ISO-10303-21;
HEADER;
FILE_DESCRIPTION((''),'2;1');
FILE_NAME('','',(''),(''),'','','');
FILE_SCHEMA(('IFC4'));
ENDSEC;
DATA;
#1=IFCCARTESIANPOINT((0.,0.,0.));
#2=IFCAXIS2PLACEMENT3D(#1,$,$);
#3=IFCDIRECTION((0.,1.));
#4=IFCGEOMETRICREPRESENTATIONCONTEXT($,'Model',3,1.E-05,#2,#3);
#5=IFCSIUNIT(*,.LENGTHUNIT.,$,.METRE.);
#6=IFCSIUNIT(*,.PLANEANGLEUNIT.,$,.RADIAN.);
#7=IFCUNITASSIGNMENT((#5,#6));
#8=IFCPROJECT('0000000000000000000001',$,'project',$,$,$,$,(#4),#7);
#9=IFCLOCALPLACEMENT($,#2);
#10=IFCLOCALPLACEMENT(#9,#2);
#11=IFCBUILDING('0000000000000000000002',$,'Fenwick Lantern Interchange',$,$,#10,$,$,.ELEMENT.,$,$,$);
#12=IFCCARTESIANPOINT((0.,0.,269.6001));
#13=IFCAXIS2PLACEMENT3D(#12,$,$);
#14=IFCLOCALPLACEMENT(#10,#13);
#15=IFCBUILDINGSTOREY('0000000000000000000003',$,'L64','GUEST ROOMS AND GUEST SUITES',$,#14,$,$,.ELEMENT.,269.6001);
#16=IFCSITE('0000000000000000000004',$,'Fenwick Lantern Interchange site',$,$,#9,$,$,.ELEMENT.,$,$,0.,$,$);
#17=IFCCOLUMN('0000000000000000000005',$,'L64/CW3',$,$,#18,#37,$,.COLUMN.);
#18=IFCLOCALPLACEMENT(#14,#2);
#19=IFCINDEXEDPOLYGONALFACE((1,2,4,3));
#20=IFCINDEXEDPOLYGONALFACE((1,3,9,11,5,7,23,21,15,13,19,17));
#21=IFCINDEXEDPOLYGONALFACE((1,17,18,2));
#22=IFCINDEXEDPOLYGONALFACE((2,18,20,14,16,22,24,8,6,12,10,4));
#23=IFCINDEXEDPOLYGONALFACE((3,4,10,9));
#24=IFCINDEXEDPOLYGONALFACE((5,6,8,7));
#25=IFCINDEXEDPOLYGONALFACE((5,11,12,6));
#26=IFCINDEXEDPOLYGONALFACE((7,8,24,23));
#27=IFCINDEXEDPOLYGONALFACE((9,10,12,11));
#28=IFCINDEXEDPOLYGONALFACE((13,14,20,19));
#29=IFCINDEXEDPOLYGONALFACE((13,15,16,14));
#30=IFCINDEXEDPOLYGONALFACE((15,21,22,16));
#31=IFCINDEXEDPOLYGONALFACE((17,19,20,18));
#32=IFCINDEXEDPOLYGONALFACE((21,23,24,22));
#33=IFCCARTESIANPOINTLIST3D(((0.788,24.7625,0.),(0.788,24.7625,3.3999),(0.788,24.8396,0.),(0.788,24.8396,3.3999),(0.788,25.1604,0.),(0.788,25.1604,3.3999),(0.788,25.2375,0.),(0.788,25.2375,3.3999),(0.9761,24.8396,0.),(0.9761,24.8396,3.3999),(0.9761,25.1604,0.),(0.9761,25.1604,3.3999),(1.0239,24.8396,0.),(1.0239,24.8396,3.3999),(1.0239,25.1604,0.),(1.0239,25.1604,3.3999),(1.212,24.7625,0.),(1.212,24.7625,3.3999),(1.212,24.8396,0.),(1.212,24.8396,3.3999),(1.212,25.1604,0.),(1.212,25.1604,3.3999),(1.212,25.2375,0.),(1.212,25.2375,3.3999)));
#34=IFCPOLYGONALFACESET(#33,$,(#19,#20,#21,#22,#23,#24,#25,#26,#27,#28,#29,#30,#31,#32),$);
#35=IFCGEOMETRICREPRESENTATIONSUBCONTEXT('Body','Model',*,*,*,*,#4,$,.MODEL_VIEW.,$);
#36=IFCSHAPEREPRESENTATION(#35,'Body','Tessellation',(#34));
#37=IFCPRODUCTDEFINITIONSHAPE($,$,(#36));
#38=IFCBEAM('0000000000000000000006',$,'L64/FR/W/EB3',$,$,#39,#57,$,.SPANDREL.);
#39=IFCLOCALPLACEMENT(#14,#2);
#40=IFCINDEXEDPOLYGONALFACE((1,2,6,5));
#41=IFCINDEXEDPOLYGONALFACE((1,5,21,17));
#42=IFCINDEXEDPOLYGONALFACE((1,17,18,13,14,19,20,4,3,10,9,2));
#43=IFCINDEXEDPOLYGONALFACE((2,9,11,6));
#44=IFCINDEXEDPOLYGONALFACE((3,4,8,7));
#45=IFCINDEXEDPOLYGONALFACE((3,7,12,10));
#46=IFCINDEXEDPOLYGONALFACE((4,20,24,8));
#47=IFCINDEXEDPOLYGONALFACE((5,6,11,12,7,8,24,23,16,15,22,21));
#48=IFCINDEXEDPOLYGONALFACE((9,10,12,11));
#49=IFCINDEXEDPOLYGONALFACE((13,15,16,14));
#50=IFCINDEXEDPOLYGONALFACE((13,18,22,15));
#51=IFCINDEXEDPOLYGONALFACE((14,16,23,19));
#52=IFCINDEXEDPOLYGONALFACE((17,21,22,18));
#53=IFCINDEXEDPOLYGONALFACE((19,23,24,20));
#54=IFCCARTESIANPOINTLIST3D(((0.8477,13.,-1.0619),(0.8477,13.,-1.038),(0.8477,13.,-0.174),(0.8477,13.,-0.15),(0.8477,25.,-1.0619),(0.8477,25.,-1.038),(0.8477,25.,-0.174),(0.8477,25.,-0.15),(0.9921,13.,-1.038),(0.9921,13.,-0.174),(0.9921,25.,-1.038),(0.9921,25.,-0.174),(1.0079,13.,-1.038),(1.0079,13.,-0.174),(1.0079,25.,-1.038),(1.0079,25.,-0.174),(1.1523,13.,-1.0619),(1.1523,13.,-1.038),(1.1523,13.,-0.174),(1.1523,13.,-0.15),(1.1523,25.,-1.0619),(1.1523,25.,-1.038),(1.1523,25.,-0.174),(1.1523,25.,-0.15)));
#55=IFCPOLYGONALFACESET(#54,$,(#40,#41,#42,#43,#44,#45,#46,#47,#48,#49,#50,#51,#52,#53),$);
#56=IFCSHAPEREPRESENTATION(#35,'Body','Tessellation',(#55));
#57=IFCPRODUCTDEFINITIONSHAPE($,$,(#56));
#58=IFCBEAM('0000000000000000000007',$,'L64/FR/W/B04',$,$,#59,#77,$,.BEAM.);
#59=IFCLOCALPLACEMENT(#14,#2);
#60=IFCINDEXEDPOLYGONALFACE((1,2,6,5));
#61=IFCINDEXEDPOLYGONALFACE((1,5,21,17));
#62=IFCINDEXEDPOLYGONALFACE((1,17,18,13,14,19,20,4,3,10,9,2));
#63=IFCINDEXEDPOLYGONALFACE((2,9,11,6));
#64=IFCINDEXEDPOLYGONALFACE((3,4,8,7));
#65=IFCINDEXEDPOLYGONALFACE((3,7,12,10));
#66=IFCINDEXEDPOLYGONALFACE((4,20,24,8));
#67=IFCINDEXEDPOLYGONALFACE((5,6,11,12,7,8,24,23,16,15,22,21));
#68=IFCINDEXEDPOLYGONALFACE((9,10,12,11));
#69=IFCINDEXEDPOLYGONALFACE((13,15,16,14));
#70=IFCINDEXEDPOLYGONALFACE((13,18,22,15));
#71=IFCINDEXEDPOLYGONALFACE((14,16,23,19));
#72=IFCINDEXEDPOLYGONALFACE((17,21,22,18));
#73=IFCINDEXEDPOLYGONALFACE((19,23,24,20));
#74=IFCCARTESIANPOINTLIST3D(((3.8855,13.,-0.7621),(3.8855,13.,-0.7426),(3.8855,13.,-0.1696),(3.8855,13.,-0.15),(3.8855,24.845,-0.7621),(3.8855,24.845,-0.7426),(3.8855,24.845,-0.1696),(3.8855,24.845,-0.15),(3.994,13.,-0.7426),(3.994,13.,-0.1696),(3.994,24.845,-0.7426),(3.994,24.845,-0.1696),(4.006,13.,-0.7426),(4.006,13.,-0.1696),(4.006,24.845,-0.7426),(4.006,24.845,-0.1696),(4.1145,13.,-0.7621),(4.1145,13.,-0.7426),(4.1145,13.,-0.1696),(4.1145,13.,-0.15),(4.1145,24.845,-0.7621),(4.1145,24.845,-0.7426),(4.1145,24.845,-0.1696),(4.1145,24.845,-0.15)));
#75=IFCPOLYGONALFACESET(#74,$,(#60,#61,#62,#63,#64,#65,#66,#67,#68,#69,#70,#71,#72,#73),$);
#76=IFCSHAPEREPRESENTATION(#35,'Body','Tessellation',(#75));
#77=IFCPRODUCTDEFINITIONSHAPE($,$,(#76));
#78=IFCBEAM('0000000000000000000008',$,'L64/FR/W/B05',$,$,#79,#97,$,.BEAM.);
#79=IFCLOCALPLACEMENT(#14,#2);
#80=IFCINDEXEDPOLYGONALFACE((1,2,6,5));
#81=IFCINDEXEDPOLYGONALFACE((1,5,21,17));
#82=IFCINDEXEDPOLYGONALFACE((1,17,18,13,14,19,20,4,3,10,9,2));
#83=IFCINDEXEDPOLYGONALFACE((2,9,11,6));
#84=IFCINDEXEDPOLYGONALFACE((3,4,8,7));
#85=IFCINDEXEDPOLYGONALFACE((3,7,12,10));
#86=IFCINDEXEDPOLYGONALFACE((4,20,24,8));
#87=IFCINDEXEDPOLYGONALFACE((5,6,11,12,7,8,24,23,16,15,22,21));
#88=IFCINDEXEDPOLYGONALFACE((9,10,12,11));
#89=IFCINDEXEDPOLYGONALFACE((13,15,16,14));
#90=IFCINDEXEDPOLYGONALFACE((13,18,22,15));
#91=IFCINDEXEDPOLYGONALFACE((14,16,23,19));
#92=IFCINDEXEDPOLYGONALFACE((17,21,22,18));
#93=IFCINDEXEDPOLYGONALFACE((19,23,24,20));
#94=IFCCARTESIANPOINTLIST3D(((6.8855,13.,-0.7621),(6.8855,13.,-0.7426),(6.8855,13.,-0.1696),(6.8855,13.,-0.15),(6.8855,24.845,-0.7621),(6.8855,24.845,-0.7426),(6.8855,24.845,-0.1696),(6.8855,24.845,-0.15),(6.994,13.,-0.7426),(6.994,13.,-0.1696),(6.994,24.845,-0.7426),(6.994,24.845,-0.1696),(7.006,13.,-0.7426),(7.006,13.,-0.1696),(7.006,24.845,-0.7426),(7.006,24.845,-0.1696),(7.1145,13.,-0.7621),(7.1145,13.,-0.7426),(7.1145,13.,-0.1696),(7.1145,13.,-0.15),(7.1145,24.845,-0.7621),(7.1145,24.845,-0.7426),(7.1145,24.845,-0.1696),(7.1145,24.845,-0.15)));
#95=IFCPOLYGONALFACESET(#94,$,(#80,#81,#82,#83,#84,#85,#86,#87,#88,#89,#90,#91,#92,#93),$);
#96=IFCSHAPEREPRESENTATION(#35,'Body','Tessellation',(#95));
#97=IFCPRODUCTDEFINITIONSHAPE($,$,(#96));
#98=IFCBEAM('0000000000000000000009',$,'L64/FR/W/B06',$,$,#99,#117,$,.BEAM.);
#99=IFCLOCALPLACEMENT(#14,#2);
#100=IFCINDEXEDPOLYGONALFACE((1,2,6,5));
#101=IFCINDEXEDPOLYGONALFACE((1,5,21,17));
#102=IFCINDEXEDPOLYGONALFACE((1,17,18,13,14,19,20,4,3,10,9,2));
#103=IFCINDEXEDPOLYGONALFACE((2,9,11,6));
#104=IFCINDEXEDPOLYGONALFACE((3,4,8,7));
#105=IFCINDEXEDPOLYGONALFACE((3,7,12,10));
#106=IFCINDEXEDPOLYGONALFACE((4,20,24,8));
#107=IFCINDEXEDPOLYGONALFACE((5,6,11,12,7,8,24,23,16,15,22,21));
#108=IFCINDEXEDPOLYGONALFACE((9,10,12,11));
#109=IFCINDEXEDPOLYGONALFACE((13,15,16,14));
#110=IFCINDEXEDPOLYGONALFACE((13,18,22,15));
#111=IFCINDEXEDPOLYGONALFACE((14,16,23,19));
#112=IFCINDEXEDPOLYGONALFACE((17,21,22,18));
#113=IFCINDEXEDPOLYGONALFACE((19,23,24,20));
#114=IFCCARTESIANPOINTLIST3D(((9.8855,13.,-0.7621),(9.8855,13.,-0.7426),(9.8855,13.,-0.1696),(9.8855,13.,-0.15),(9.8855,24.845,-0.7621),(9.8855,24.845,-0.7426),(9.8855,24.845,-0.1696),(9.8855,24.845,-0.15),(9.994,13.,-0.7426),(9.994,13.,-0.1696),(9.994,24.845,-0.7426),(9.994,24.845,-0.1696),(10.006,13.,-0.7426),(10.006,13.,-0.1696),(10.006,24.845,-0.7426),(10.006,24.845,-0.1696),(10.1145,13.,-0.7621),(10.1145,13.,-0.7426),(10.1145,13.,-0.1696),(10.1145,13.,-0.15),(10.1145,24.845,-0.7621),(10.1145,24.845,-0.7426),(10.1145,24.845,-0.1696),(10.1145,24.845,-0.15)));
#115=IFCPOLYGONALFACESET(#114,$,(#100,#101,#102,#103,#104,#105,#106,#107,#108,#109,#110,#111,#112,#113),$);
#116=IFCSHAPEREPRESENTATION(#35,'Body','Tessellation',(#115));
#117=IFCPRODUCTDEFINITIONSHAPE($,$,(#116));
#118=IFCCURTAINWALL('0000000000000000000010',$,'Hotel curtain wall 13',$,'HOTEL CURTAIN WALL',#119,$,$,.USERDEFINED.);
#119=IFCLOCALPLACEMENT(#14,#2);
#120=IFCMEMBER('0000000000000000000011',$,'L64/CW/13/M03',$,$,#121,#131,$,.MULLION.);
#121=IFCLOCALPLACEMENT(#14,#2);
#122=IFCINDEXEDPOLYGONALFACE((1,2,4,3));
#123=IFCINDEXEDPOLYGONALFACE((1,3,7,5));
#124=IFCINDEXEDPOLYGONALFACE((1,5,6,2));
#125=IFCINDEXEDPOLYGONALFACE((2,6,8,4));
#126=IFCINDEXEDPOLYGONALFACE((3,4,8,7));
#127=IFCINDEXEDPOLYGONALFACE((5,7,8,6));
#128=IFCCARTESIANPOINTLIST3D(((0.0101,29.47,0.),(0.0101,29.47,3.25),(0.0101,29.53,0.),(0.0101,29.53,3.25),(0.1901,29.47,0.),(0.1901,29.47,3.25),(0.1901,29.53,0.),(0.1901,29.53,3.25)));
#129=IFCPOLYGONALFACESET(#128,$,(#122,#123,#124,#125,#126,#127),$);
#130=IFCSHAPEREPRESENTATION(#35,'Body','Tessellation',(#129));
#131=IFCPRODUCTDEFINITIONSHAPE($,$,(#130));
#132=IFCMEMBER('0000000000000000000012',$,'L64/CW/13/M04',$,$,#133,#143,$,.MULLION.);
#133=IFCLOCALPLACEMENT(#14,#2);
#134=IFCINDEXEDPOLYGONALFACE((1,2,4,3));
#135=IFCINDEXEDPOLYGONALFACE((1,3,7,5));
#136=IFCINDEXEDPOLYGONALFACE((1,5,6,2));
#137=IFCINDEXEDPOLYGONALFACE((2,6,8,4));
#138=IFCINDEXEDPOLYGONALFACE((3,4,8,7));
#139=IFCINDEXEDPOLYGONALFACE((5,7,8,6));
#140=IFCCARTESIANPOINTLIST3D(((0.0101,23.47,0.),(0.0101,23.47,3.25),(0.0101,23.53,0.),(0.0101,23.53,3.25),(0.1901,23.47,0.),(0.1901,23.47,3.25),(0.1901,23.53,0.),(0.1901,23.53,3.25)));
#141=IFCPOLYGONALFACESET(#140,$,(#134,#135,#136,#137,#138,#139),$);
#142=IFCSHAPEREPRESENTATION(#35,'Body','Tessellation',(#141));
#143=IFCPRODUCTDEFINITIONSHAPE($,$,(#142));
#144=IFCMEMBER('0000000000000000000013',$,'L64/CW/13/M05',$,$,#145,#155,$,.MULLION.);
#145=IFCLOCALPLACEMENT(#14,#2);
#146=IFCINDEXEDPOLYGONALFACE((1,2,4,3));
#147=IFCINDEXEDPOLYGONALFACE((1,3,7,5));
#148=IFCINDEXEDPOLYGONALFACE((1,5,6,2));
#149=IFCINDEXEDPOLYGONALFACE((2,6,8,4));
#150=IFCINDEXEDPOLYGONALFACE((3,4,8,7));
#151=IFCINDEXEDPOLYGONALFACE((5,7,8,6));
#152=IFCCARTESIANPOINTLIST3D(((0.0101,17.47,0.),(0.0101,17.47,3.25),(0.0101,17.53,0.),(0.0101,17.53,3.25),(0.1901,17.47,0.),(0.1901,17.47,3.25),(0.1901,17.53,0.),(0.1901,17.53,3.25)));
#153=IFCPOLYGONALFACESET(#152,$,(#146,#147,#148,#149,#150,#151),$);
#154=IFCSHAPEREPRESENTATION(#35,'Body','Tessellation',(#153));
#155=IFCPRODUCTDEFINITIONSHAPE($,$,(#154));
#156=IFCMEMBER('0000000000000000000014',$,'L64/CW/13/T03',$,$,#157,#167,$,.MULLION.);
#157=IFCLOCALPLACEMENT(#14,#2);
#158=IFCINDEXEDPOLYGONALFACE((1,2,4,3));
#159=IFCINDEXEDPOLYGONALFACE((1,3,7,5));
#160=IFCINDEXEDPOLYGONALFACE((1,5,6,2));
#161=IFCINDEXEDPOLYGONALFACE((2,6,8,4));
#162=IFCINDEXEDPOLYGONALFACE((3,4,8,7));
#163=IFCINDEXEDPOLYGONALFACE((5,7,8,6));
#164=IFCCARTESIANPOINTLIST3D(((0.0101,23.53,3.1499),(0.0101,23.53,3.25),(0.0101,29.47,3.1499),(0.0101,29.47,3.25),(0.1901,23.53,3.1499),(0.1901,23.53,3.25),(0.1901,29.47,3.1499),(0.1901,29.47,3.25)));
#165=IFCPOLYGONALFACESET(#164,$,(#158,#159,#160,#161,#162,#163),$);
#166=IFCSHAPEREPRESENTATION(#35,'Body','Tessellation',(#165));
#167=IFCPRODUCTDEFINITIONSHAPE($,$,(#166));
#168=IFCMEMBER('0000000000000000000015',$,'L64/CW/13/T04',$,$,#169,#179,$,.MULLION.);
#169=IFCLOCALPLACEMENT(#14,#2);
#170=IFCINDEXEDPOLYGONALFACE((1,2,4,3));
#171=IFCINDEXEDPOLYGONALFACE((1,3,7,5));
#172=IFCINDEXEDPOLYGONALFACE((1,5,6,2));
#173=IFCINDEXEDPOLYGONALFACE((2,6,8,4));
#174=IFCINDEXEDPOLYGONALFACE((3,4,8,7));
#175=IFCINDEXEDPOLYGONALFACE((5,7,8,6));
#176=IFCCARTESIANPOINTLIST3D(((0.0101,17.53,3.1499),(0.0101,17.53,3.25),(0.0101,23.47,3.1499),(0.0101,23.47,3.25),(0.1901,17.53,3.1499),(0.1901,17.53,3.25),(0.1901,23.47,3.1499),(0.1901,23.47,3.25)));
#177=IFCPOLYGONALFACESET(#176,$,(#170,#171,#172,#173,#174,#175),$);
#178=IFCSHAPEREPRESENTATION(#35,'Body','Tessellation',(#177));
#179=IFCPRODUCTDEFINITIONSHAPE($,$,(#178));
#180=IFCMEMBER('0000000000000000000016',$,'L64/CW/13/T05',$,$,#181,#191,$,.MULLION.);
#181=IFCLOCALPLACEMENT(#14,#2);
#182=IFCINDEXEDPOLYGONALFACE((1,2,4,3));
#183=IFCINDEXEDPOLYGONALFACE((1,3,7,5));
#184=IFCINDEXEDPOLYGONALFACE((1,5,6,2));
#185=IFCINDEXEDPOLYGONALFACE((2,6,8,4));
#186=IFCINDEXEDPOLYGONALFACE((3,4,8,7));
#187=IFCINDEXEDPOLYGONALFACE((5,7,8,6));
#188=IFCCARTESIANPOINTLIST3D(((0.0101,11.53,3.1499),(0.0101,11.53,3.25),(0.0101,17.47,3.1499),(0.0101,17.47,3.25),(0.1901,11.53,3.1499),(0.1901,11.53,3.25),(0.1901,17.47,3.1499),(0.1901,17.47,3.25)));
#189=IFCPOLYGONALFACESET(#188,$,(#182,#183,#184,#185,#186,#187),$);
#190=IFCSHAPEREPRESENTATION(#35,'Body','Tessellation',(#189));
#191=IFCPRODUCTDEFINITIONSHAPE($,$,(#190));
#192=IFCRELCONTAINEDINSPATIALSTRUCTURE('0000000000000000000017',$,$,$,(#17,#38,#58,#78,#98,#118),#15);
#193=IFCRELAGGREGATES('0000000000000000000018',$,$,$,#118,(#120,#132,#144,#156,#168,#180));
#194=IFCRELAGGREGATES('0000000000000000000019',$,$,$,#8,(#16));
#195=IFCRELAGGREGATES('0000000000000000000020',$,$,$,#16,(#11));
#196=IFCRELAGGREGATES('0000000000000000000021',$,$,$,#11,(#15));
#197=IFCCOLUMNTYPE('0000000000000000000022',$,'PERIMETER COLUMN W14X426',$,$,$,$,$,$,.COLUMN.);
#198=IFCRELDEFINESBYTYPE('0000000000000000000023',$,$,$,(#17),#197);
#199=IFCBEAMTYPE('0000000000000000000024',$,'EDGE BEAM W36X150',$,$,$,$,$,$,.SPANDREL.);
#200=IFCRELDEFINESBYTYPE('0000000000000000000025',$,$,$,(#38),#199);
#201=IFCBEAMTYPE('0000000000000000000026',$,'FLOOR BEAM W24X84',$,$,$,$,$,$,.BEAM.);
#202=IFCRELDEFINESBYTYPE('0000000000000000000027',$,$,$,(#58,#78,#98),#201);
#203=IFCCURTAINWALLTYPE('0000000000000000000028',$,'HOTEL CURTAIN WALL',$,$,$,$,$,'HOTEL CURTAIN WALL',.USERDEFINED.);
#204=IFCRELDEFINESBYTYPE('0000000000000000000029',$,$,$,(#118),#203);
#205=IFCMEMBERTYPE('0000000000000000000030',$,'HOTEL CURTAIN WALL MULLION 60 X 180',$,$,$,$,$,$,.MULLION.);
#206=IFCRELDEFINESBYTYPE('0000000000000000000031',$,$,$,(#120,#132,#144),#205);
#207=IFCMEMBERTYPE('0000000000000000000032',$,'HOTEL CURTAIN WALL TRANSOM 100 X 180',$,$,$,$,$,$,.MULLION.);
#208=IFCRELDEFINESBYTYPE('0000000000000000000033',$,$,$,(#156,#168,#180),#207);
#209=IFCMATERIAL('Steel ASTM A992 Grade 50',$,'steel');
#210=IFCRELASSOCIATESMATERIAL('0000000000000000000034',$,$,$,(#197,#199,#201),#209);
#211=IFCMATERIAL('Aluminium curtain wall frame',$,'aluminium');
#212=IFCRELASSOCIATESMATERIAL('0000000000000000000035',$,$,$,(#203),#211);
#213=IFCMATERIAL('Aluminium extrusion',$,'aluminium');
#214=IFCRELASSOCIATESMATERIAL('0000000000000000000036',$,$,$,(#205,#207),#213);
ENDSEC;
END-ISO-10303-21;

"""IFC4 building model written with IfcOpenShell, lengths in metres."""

from ifc_helpers import new_model, si_unit, direction, frame, origin, origin_2d, place, context, subcontext, project, spatial, rectangle, i_section, extrude, material, material_profile, profile_set, type_object, element, aggregate, save


model = new_model("IFC4")

# Units and contexts
model_context = context("Model", 3, precision=1e-05, world=origin(), true_north=direction((0.0, 1.0)))
body_context = subcontext(model_context, "Body", "Model", "MODEL_VIEW")
ifc_project = project(units=[si_unit("LENGTHUNIT", "METRE"), si_unit("PLANEANGLEUNIT", "RADIAN")], contexts=[model_context])

# Site, building, storey
site_placement = place(None, origin())
site = spatial("IfcSite", under=ifc_project, at=site_placement, Name="Fenwick Lantern Interchange site", CompositionType="ELEMENT", RefElevation=0.0)
building_placement = place(site_placement, origin())
building = spatial("IfcBuilding", under=site, at=building_placement, Name="Fenwick Lantern Interchange", CompositionType="ELEMENT")
storey_placement = place(building_placement, frame((0.0, 0.0, 269.6001)))
storey = spatial("IfcBuildingStorey", under=building, at=storey_placement, Name="L64", Description="GUEST ROOMS AND GUEST SUITES", CompositionType="ELEMENT", Elevation=269.6001)

# Column
ifc_material_1 = material(Name="Steel ASTM A992 Grade 50", Category="steel")
ifc_material_profile_1 = material_profile(ifc_material_1, i_section(OverallWidth=0.4241, OverallDepth=0.4751, WebThickness=0.0479, FlangeThickness=0.0771, at=origin_2d()), Name="W14X426")
ifc_profile_set_1 = profile_set([ifc_material_profile_1], Name="Steel ASTM A992 Grade 50")
column_type = type_object("IfcColumnType", Name="PERIMETER COLUMN W14X426", PredefinedType="COLUMN", material=ifc_profile_set_1)
column_placement = place(storey_placement, frame((1.0, 25.0, 0.0), z_axis=(0.0, 0.0, 1.0), x_axis=(1.0, 0.0, 0.0)))
element("IfcColumn", 1, at=column_placement, inside=storey, type_object=column_type, Name="L64/CW3", PredefinedType="COLUMN", context=body_context, shape_type="SweptSolid", body=[
    extrude(i_section(OverallWidth=0.4241, OverallDepth=0.4751, WebThickness=0.0479, FlangeThickness=0.0771, at=origin_2d()), origin(), (0.0, 0.0, 1.0), 3.3999),
])

# Beams
ifc_material_profile_2 = material_profile(ifc_material_1, i_section(OverallWidth=0.3047, OverallDepth=0.9119, WebThickness=0.0159, FlangeThickness=0.0239, at=origin_2d()), Name="W36X150")
ifc_profile_set_2 = profile_set([ifc_material_profile_2], Name="Steel ASTM A992 Grade 50")
beam_type_1 = type_object("IfcBeamType", Name="EDGE BEAM W36X150", PredefinedType="SPANDREL", material=ifc_profile_set_2)
beam_1_placement = place(storey_placement, frame((1.0, 25.0, -0.606), z_axis=(0.0, -1.0, 0.0), x_axis=(1.0, 0.0, 0.0)))
element("IfcBeam", 2, at=beam_1_placement, inside=storey, type_object=beam_type_1, Name="L64/FR/W/EB3", PredefinedType="SPANDREL", context=body_context, shape_type="SweptSolid", body=[
    extrude(i_section(OverallWidth=0.3047, OverallDepth=0.9119, WebThickness=0.0159, FlangeThickness=0.0239, at=origin_2d()), origin(), (0.0, 0.0, 1.0), 12.0),
])
ifc_material_profile_3 = material_profile(ifc_material_1, i_section(OverallWidth=0.229, OverallDepth=0.6121, WebThickness=0.012, FlangeThickness=0.0195, at=origin_2d()), Name="W24X84")
ifc_profile_set_3 = profile_set([ifc_material_profile_3], Name="Steel ASTM A992 Grade 50")
beam_type_2 = type_object("IfcBeamType", Name="FLOOR BEAM W24X84", PredefinedType="BEAM", material=ifc_profile_set_3)
for number, where, z_axis, x_axis, name in (
    (3, (4.0, 24.845, -0.4561), (0.0, -1.0, 0.0), (1.0, 0.0, 0.0), "L64/FR/W/B04"),
    (4, (7.0, 24.845, -0.4561), (0.0, -1.0, 0.0), (1.0, 0.0, 0.0), "L64/FR/W/B05"),
    (5, (10.0, 24.845, -0.4561), (0.0, -1.0, 0.0), (1.0, 0.0, 0.0), "L64/FR/W/B06"),
):
    element("IfcBeam", number, at=place(storey_placement, frame(where, z_axis=z_axis, x_axis=x_axis)), inside=storey, type_object=beam_type_2, Name=name, PredefinedType="BEAM", context=body_context, shape_type="SweptSolid", body=[
        extrude(i_section(OverallWidth=0.229, OverallDepth=0.6121, WebThickness=0.012, FlangeThickness=0.0195, at=origin_2d()), origin(), (0.0, 0.0, 1.0), 11.845),
    ])

# Curtain wall, members
ifc_material_2 = material(Name="Aluminium curtain wall frame", Category="aluminium")
curtain_wall_type = type_object("IfcCurtainWallType", Name="HOTEL CURTAIN WALL", ElementType="HOTEL CURTAIN WALL", PredefinedType="USERDEFINED", material=ifc_material_2)
curtain_wall_placement = place(storey_placement, origin())
curtain_wall = element("IfcCurtainWall", 6, at=curtain_wall_placement, inside=storey, type_object=curtain_wall_type, Name="Hotel curtain wall 13", ObjectType="HOTEL CURTAIN WALL", PredefinedType="USERDEFINED")
ifc_material_3 = material(Name="Aluminium extrusion", Category="aluminium")
ifc_material_profile_4 = material_profile(ifc_material_3, rectangle(XDim=0.1799, YDim=0.0601, at=origin_2d()), Name="HOTEL CURTAIN WALL MULLION 60 X 180")
ifc_profile_set_4 = profile_set([ifc_material_profile_4], Name="Aluminium extrusion")
member_type_1 = type_object("IfcMemberType", Name="HOTEL CURTAIN WALL MULLION 60 X 180", PredefinedType="MULLION", material=ifc_profile_set_4)
member_1_placement = place(storey_placement, frame((0.1001, 29.5, 0.0), z_axis=(0.0, 0.0, 1.0), x_axis=(1.0, 0.0, 0.0)))
member_1 = element("IfcMember", 7, at=member_1_placement, type_object=member_type_1, Name="L64/CW/13/M03", PredefinedType="MULLION", context=body_context, shape_type="SweptSolid", body=[
    extrude(rectangle(XDim=0.1799, YDim=0.0601, at=origin_2d()), origin(), (0.0, 0.0, 1.0), 3.25),
])
member_2_placement = place(storey_placement, frame((0.1001, 23.5, 0.0), z_axis=(0.0, 0.0, 1.0), x_axis=(1.0, 0.0, 0.0)))
member_2 = element("IfcMember", 8, at=member_2_placement, type_object=member_type_1, Name="L64/CW/13/M04", PredefinedType="MULLION", context=body_context, shape_type="SweptSolid", body=[
    extrude(rectangle(XDim=0.1799, YDim=0.0601, at=origin_2d()), origin(), (0.0, 0.0, 1.0), 3.25),
])
member_3_placement = place(storey_placement, frame((0.1001, 17.5, 0.0), z_axis=(0.0, 0.0, 1.0), x_axis=(1.0, 0.0, 0.0)))
member_3 = element("IfcMember", 9, at=member_3_placement, type_object=member_type_1, Name="L64/CW/13/M05", PredefinedType="MULLION", context=body_context, shape_type="SweptSolid", body=[
    extrude(rectangle(XDim=0.1799, YDim=0.0601, at=origin_2d()), origin(), (0.0, 0.0, 1.0), 3.25),
])
ifc_material_profile_5 = material_profile(ifc_material_3, rectangle(XDim=0.1799, YDim=0.1001, at=origin_2d()), Name="HOTEL CURTAIN WALL TRANSOM 100 X 180")
ifc_profile_set_5 = profile_set([ifc_material_profile_5], Name="Aluminium extrusion")
member_type_2 = type_object("IfcMemberType", Name="HOTEL CURTAIN WALL TRANSOM 100 X 180", PredefinedType="MULLION", material=ifc_profile_set_5)
member_4_placement = place(storey_placement, frame((0.1001, 29.47, 3.2), z_axis=(0.0, -1.0, 0.0), x_axis=(1.0, 0.0, 0.0)))
member_4 = element("IfcMember", 10, at=member_4_placement, type_object=member_type_2, Name="L64/CW/13/T03", PredefinedType="MULLION", context=body_context, shape_type="SweptSolid", body=[
    extrude(rectangle(XDim=0.1799, YDim=0.1001, at=origin_2d()), origin(), (0.0, 0.0, 1.0), 5.9399),
])
member_5_placement = place(storey_placement, frame((0.1001, 23.47, 3.2), z_axis=(0.0, -1.0, 0.0), x_axis=(1.0, 0.0, 0.0)))
member_5 = element("IfcMember", 11, at=member_5_placement, type_object=member_type_2, Name="L64/CW/13/T04", PredefinedType="MULLION", context=body_context, shape_type="SweptSolid", body=[
    extrude(rectangle(XDim=0.1799, YDim=0.1001, at=origin_2d()), origin(), (0.0, 0.0, 1.0), 5.9399),
])
member_6_placement = place(storey_placement, frame((0.1001, 17.47, 3.2), z_axis=(0.0, -1.0, 0.0), x_axis=(1.0, 0.0, 0.0)))
member_6 = element("IfcMember", 12, at=member_6_placement, type_object=member_type_2, Name="L64/CW/13/T05", PredefinedType="MULLION", context=body_context, shape_type="SweptSolid", body=[
    extrude(rectangle(XDim=0.1799, YDim=0.1001, at=origin_2d()), origin(), (0.0, 0.0, 1.0), 5.9399),
])

aggregate(curtain_wall, [member_1, member_2, member_3, member_4, member_5, member_6])

save(model, "model.ifc")
